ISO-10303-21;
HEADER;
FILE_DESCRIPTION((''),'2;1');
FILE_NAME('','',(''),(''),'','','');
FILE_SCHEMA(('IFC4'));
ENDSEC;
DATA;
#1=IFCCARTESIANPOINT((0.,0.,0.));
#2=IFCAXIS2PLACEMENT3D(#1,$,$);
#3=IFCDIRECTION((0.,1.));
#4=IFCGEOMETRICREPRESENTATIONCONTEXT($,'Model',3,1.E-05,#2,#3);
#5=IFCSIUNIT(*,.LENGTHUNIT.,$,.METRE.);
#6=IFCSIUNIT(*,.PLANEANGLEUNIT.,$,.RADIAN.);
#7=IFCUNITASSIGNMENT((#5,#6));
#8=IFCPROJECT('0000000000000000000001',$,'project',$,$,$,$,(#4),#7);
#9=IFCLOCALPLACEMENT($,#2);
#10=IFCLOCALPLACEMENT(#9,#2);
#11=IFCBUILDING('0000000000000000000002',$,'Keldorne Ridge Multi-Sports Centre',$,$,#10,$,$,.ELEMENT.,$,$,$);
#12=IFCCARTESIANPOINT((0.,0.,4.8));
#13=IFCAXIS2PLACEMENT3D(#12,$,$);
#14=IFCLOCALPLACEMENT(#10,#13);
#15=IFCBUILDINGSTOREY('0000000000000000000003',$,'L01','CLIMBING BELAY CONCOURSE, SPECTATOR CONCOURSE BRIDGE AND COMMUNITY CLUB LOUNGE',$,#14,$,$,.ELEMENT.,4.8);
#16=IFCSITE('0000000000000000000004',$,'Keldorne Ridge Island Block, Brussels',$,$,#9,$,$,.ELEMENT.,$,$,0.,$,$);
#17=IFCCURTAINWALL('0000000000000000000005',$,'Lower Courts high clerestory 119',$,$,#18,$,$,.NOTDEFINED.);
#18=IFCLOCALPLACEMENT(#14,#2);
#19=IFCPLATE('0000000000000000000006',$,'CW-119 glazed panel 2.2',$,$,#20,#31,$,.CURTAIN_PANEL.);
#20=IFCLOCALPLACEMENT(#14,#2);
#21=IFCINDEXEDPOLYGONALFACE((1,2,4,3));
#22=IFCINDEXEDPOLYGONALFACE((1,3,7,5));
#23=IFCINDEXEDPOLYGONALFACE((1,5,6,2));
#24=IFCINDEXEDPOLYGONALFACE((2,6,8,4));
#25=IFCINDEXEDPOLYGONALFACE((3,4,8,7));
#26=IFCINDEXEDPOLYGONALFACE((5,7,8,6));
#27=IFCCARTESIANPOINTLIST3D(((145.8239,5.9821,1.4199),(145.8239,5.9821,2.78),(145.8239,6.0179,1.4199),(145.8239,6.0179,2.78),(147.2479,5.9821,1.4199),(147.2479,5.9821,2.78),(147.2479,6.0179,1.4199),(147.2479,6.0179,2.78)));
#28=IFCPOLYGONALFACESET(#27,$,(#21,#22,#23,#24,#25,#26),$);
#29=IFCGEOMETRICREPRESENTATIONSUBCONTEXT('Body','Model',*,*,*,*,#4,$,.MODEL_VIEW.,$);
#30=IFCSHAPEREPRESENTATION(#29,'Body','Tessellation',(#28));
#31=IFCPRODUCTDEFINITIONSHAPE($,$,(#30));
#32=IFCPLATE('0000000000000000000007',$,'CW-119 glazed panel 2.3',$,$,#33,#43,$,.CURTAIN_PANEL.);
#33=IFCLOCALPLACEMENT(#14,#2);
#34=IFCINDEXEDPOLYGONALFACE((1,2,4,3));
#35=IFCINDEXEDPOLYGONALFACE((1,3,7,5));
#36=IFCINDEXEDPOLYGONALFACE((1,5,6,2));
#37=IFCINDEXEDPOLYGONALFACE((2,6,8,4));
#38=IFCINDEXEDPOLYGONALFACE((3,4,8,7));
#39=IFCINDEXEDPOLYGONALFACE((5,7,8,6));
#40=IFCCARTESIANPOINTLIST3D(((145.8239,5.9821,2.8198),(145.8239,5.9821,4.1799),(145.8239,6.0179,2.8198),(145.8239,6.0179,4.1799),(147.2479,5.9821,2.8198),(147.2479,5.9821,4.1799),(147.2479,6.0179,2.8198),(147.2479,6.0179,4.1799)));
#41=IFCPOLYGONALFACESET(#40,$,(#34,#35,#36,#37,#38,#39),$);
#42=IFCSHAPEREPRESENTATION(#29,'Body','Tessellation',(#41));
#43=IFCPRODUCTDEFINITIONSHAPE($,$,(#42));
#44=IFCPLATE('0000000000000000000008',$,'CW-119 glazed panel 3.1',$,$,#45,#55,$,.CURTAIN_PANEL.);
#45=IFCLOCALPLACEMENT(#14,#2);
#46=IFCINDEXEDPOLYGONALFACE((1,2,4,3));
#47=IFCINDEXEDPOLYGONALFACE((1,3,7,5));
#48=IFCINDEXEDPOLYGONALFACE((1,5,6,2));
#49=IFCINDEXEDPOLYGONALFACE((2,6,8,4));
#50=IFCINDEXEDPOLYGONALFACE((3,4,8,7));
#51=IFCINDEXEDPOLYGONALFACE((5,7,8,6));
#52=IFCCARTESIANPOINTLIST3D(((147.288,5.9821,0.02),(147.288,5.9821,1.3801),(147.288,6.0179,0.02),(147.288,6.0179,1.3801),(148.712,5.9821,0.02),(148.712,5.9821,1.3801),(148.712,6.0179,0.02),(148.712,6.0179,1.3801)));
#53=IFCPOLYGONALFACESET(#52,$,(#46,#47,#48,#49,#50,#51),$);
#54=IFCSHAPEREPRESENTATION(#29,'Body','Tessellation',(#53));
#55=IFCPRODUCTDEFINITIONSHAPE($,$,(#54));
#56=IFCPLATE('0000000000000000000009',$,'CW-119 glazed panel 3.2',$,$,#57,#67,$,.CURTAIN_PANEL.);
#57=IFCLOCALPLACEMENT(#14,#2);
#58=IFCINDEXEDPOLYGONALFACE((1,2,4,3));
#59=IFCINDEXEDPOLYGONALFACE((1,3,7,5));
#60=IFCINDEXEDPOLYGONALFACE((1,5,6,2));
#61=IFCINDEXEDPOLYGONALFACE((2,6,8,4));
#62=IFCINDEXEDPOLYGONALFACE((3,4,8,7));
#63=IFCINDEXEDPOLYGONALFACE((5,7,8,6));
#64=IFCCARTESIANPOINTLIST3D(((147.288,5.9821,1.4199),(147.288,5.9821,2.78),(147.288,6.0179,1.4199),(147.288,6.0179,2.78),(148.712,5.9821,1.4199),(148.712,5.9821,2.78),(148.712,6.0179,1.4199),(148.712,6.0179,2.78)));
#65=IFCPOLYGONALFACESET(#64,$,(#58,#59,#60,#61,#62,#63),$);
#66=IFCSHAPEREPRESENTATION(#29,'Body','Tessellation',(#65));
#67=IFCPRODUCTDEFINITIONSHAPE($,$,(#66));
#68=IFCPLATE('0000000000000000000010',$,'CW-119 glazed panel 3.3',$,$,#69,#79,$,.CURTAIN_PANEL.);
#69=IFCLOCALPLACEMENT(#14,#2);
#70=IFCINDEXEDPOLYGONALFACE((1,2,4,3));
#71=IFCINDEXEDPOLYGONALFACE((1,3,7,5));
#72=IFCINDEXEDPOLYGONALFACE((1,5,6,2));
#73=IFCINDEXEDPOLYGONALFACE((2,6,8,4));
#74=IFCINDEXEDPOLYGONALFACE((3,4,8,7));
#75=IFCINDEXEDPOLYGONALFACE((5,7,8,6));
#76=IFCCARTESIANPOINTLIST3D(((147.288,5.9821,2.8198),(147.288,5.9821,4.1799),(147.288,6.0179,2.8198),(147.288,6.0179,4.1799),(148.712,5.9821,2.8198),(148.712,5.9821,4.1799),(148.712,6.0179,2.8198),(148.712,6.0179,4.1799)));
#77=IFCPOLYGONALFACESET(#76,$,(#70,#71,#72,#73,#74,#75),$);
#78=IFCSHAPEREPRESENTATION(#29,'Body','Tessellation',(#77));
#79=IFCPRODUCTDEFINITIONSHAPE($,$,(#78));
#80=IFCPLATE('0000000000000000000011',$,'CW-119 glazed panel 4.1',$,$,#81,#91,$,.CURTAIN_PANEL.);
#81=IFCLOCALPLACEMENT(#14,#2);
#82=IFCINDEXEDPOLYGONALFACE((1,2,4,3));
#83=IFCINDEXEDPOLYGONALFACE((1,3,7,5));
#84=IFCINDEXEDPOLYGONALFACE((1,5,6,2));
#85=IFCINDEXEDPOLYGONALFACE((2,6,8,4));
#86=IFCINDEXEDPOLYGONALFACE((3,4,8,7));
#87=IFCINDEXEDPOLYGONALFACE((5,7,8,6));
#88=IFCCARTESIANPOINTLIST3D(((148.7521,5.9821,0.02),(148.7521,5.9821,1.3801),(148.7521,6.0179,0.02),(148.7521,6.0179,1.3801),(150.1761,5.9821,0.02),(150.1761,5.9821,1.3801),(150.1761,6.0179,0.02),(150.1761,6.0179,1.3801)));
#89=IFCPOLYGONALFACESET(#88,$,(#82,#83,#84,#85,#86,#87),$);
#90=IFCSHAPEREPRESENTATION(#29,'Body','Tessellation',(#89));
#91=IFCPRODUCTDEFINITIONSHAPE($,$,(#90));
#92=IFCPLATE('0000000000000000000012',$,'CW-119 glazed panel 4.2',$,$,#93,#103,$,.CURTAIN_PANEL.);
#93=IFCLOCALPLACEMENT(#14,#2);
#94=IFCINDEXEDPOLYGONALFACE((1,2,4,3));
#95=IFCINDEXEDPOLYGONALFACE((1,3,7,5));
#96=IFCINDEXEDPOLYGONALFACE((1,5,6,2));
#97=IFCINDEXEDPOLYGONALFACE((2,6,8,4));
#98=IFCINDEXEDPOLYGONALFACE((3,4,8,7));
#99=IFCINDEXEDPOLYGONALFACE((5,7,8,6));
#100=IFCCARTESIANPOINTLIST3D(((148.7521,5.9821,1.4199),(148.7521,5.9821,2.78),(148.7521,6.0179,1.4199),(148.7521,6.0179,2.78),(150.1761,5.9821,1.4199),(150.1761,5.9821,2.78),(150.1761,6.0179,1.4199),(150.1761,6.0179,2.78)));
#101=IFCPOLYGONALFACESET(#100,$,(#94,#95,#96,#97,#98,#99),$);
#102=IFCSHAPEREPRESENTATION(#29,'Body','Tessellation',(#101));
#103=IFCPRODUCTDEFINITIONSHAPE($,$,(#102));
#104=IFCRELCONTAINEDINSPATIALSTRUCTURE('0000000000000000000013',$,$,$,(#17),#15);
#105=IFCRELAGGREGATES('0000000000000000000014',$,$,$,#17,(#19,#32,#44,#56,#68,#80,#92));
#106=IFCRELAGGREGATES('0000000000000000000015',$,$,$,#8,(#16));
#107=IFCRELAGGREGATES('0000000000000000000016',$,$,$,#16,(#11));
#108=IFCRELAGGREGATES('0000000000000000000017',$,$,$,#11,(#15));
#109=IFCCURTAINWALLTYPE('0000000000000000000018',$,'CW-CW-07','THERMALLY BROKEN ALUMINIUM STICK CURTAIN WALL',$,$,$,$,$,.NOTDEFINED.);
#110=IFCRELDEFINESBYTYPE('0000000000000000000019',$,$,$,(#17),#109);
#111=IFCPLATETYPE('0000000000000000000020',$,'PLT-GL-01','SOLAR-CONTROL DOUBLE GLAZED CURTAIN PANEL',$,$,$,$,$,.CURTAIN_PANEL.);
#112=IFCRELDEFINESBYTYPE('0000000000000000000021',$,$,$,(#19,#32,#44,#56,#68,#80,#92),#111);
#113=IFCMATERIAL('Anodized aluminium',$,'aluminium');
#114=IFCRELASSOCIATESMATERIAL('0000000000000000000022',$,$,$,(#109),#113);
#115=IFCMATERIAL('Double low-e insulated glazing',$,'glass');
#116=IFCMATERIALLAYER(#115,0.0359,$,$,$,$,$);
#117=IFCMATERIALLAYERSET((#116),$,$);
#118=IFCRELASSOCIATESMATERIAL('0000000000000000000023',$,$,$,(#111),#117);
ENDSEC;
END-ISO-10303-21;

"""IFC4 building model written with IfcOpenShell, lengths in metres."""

from ifc_helpers import new_model, si_unit, direction, frame, origin, origin_2d, place, context, subcontext, project, spatial, rectangle, extrude, material, layer, layer_set, type_object, element, aggregate, save


model = new_model("IFC4")

# Units and contexts
model_context = context("Model", 3, precision=1e-05, world=origin(), true_north=direction((0.0, 1.0)))
body_context = subcontext(model_context, "Body", "Model", "MODEL_VIEW")
ifc_project = project(units=[si_unit("LENGTHUNIT", "METRE"), si_unit("PLANEANGLEUNIT", "RADIAN")], contexts=[model_context])

# Site, building, storey
site_placement = place(None, origin())
site = spatial("IfcSite", under=ifc_project, at=site_placement, Name="Keldorne Ridge Island Block, Brussels", CompositionType="ELEMENT", RefElevation=0.0)
building_placement = place(site_placement, origin())
building = spatial("IfcBuilding", under=site, at=building_placement, Name="Keldorne Ridge Multi-Sports Centre", CompositionType="ELEMENT")
storey_placement = place(building_placement, frame((0.0, 0.0, 4.8)))
storey = spatial("IfcBuildingStorey", under=building, at=storey_placement, Name="L01", Description="CLIMBING BELAY CONCOURSE, SPECTATOR CONCOURSE BRIDGE AND COMMUNITY CLUB LOUNGE", CompositionType="ELEMENT", Elevation=4.8)

# Curtain wall, plates
ifc_material_1 = material(Name="Anodized aluminium", Category="aluminium")
curtain_wall_type = type_object("IfcCurtainWallType", Name="CW-CW-07", Description="THERMALLY BROKEN ALUMINIUM STICK CURTAIN WALL", PredefinedType="NOTDEFINED", material=ifc_material_1)
curtain_wall_placement = place(storey_placement, origin())
curtain_wall = element("IfcCurtainWall", 1, at=curtain_wall_placement, inside=storey, type_object=curtain_wall_type, Name="Lower Courts high clerestory 119", PredefinedType="NOTDEFINED")
ifc_material_2 = material(Name="Double low-e insulated glazing", Category="glass")
ifc_layer = layer(ifc_material_2, 0.0359)
ifc_layer_set = layer_set([ifc_layer])
plate_type = type_object("IfcPlateType", Name="PLT-GL-01", Description="SOLAR-CONTROL DOUBLE GLAZED CURTAIN PANEL", PredefinedType="CURTAIN_PANEL", material=ifc_layer_set)
plate_1_placement = place(storey_placement, frame((146.5359, 6.0, 1.4199), z_axis=(0.0, 0.0, 1.0), x_axis=(1.0, 0.0, 0.0)))
plate_1 = element("IfcPlate", 2, at=plate_1_placement, type_object=plate_type, Name="CW-119 glazed panel 2.2", PredefinedType="CURTAIN_PANEL", context=body_context, shape_type="SweptSolid", body=[
    extrude(rectangle(XDim=1.4241, YDim=0.0359, at=origin_2d()), origin(), (0.0, 0.0, 1.0), 1.3601),
])
plate_2_placement = place(storey_placement, frame((146.5359, 6.0, 2.8198), z_axis=(0.0, 0.0, 1.0), x_axis=(1.0, 0.0, 0.0)))
plate_2 = element("IfcPlate", 3, at=plate_2_placement, type_object=plate_type, Name="CW-119 glazed panel 2.3", PredefinedType="CURTAIN_PANEL", context=body_context, shape_type="SweptSolid", body=[
    extrude(rectangle(XDim=1.4241, YDim=0.0359, at=origin_2d()), origin(), (0.0, 0.0, 1.0), 1.3601),
])
plate_3_placement = place(storey_placement, frame((148.0, 6.0, 0.02), z_axis=(0.0, 0.0, 1.0), x_axis=(1.0, 0.0, 0.0)))
plate_3 = element("IfcPlate", 4, at=plate_3_placement, type_object=plate_type, Name="CW-119 glazed panel 3.1", PredefinedType="CURTAIN_PANEL", context=body_context, shape_type="SweptSolid", body=[
    extrude(rectangle(XDim=1.4241, YDim=0.0359, at=origin_2d()), origin(), (0.0, 0.0, 1.0), 1.3601),
])
plate_4_placement = place(storey_placement, frame((148.0, 6.0, 1.4199), z_axis=(0.0, 0.0, 1.0), x_axis=(1.0, 0.0, 0.0)))
plate_4 = element("IfcPlate", 5, at=plate_4_placement, type_object=plate_type, Name="CW-119 glazed panel 3.2", PredefinedType="CURTAIN_PANEL", context=body_context, shape_type="SweptSolid", body=[
    extrude(rectangle(XDim=1.4241, YDim=0.0359, at=origin_2d()), origin(), (0.0, 0.0, 1.0), 1.3601),
])
plate_5_placement = place(storey_placement, frame((148.0, 6.0, 2.8198), z_axis=(0.0, 0.0, 1.0), x_axis=(1.0, 0.0, 0.0)))
plate_5 = element("IfcPlate", 6, at=plate_5_placement, type_object=plate_type, Name="CW-119 glazed panel 3.3", PredefinedType="CURTAIN_PANEL", context=body_context, shape_type="SweptSolid", body=[
    extrude(rectangle(XDim=1.4241, YDim=0.0359, at=origin_2d()), origin(), (0.0, 0.0, 1.0), 1.3601),
])
plate_6_placement = place(storey_placement, frame((149.4641, 6.0, 0.02), z_axis=(0.0, 0.0, 1.0), x_axis=(1.0, 0.0, 0.0)))
plate_6 = element("IfcPlate", 7, at=plate_6_placement, type_object=plate_type, Name="CW-119 glazed panel 4.1", PredefinedType="CURTAIN_PANEL", context=body_context, shape_type="SweptSolid", body=[
    extrude(rectangle(XDim=1.4241, YDim=0.0359, at=origin_2d()), origin(), (0.0, 0.0, 1.0), 1.3601),
])
plate_7_placement = place(storey_placement, frame((149.4641, 6.0, 1.4199), z_axis=(0.0, 0.0, 1.0), x_axis=(1.0, 0.0, 0.0)))
plate_7 = element("IfcPlate", 8, at=plate_7_placement, type_object=plate_type, Name="CW-119 glazed panel 4.2", PredefinedType="CURTAIN_PANEL", context=body_context, shape_type="SweptSolid", body=[
    extrude(rectangle(XDim=1.4241, YDim=0.0359, at=origin_2d()), origin(), (0.0, 0.0, 1.0), 1.3601),
])
aggregate(curtain_wall, [plate_1, plate_2, plate_3, plate_4, plate_5, plate_6, plate_7])

save(model, "model.ifc")
